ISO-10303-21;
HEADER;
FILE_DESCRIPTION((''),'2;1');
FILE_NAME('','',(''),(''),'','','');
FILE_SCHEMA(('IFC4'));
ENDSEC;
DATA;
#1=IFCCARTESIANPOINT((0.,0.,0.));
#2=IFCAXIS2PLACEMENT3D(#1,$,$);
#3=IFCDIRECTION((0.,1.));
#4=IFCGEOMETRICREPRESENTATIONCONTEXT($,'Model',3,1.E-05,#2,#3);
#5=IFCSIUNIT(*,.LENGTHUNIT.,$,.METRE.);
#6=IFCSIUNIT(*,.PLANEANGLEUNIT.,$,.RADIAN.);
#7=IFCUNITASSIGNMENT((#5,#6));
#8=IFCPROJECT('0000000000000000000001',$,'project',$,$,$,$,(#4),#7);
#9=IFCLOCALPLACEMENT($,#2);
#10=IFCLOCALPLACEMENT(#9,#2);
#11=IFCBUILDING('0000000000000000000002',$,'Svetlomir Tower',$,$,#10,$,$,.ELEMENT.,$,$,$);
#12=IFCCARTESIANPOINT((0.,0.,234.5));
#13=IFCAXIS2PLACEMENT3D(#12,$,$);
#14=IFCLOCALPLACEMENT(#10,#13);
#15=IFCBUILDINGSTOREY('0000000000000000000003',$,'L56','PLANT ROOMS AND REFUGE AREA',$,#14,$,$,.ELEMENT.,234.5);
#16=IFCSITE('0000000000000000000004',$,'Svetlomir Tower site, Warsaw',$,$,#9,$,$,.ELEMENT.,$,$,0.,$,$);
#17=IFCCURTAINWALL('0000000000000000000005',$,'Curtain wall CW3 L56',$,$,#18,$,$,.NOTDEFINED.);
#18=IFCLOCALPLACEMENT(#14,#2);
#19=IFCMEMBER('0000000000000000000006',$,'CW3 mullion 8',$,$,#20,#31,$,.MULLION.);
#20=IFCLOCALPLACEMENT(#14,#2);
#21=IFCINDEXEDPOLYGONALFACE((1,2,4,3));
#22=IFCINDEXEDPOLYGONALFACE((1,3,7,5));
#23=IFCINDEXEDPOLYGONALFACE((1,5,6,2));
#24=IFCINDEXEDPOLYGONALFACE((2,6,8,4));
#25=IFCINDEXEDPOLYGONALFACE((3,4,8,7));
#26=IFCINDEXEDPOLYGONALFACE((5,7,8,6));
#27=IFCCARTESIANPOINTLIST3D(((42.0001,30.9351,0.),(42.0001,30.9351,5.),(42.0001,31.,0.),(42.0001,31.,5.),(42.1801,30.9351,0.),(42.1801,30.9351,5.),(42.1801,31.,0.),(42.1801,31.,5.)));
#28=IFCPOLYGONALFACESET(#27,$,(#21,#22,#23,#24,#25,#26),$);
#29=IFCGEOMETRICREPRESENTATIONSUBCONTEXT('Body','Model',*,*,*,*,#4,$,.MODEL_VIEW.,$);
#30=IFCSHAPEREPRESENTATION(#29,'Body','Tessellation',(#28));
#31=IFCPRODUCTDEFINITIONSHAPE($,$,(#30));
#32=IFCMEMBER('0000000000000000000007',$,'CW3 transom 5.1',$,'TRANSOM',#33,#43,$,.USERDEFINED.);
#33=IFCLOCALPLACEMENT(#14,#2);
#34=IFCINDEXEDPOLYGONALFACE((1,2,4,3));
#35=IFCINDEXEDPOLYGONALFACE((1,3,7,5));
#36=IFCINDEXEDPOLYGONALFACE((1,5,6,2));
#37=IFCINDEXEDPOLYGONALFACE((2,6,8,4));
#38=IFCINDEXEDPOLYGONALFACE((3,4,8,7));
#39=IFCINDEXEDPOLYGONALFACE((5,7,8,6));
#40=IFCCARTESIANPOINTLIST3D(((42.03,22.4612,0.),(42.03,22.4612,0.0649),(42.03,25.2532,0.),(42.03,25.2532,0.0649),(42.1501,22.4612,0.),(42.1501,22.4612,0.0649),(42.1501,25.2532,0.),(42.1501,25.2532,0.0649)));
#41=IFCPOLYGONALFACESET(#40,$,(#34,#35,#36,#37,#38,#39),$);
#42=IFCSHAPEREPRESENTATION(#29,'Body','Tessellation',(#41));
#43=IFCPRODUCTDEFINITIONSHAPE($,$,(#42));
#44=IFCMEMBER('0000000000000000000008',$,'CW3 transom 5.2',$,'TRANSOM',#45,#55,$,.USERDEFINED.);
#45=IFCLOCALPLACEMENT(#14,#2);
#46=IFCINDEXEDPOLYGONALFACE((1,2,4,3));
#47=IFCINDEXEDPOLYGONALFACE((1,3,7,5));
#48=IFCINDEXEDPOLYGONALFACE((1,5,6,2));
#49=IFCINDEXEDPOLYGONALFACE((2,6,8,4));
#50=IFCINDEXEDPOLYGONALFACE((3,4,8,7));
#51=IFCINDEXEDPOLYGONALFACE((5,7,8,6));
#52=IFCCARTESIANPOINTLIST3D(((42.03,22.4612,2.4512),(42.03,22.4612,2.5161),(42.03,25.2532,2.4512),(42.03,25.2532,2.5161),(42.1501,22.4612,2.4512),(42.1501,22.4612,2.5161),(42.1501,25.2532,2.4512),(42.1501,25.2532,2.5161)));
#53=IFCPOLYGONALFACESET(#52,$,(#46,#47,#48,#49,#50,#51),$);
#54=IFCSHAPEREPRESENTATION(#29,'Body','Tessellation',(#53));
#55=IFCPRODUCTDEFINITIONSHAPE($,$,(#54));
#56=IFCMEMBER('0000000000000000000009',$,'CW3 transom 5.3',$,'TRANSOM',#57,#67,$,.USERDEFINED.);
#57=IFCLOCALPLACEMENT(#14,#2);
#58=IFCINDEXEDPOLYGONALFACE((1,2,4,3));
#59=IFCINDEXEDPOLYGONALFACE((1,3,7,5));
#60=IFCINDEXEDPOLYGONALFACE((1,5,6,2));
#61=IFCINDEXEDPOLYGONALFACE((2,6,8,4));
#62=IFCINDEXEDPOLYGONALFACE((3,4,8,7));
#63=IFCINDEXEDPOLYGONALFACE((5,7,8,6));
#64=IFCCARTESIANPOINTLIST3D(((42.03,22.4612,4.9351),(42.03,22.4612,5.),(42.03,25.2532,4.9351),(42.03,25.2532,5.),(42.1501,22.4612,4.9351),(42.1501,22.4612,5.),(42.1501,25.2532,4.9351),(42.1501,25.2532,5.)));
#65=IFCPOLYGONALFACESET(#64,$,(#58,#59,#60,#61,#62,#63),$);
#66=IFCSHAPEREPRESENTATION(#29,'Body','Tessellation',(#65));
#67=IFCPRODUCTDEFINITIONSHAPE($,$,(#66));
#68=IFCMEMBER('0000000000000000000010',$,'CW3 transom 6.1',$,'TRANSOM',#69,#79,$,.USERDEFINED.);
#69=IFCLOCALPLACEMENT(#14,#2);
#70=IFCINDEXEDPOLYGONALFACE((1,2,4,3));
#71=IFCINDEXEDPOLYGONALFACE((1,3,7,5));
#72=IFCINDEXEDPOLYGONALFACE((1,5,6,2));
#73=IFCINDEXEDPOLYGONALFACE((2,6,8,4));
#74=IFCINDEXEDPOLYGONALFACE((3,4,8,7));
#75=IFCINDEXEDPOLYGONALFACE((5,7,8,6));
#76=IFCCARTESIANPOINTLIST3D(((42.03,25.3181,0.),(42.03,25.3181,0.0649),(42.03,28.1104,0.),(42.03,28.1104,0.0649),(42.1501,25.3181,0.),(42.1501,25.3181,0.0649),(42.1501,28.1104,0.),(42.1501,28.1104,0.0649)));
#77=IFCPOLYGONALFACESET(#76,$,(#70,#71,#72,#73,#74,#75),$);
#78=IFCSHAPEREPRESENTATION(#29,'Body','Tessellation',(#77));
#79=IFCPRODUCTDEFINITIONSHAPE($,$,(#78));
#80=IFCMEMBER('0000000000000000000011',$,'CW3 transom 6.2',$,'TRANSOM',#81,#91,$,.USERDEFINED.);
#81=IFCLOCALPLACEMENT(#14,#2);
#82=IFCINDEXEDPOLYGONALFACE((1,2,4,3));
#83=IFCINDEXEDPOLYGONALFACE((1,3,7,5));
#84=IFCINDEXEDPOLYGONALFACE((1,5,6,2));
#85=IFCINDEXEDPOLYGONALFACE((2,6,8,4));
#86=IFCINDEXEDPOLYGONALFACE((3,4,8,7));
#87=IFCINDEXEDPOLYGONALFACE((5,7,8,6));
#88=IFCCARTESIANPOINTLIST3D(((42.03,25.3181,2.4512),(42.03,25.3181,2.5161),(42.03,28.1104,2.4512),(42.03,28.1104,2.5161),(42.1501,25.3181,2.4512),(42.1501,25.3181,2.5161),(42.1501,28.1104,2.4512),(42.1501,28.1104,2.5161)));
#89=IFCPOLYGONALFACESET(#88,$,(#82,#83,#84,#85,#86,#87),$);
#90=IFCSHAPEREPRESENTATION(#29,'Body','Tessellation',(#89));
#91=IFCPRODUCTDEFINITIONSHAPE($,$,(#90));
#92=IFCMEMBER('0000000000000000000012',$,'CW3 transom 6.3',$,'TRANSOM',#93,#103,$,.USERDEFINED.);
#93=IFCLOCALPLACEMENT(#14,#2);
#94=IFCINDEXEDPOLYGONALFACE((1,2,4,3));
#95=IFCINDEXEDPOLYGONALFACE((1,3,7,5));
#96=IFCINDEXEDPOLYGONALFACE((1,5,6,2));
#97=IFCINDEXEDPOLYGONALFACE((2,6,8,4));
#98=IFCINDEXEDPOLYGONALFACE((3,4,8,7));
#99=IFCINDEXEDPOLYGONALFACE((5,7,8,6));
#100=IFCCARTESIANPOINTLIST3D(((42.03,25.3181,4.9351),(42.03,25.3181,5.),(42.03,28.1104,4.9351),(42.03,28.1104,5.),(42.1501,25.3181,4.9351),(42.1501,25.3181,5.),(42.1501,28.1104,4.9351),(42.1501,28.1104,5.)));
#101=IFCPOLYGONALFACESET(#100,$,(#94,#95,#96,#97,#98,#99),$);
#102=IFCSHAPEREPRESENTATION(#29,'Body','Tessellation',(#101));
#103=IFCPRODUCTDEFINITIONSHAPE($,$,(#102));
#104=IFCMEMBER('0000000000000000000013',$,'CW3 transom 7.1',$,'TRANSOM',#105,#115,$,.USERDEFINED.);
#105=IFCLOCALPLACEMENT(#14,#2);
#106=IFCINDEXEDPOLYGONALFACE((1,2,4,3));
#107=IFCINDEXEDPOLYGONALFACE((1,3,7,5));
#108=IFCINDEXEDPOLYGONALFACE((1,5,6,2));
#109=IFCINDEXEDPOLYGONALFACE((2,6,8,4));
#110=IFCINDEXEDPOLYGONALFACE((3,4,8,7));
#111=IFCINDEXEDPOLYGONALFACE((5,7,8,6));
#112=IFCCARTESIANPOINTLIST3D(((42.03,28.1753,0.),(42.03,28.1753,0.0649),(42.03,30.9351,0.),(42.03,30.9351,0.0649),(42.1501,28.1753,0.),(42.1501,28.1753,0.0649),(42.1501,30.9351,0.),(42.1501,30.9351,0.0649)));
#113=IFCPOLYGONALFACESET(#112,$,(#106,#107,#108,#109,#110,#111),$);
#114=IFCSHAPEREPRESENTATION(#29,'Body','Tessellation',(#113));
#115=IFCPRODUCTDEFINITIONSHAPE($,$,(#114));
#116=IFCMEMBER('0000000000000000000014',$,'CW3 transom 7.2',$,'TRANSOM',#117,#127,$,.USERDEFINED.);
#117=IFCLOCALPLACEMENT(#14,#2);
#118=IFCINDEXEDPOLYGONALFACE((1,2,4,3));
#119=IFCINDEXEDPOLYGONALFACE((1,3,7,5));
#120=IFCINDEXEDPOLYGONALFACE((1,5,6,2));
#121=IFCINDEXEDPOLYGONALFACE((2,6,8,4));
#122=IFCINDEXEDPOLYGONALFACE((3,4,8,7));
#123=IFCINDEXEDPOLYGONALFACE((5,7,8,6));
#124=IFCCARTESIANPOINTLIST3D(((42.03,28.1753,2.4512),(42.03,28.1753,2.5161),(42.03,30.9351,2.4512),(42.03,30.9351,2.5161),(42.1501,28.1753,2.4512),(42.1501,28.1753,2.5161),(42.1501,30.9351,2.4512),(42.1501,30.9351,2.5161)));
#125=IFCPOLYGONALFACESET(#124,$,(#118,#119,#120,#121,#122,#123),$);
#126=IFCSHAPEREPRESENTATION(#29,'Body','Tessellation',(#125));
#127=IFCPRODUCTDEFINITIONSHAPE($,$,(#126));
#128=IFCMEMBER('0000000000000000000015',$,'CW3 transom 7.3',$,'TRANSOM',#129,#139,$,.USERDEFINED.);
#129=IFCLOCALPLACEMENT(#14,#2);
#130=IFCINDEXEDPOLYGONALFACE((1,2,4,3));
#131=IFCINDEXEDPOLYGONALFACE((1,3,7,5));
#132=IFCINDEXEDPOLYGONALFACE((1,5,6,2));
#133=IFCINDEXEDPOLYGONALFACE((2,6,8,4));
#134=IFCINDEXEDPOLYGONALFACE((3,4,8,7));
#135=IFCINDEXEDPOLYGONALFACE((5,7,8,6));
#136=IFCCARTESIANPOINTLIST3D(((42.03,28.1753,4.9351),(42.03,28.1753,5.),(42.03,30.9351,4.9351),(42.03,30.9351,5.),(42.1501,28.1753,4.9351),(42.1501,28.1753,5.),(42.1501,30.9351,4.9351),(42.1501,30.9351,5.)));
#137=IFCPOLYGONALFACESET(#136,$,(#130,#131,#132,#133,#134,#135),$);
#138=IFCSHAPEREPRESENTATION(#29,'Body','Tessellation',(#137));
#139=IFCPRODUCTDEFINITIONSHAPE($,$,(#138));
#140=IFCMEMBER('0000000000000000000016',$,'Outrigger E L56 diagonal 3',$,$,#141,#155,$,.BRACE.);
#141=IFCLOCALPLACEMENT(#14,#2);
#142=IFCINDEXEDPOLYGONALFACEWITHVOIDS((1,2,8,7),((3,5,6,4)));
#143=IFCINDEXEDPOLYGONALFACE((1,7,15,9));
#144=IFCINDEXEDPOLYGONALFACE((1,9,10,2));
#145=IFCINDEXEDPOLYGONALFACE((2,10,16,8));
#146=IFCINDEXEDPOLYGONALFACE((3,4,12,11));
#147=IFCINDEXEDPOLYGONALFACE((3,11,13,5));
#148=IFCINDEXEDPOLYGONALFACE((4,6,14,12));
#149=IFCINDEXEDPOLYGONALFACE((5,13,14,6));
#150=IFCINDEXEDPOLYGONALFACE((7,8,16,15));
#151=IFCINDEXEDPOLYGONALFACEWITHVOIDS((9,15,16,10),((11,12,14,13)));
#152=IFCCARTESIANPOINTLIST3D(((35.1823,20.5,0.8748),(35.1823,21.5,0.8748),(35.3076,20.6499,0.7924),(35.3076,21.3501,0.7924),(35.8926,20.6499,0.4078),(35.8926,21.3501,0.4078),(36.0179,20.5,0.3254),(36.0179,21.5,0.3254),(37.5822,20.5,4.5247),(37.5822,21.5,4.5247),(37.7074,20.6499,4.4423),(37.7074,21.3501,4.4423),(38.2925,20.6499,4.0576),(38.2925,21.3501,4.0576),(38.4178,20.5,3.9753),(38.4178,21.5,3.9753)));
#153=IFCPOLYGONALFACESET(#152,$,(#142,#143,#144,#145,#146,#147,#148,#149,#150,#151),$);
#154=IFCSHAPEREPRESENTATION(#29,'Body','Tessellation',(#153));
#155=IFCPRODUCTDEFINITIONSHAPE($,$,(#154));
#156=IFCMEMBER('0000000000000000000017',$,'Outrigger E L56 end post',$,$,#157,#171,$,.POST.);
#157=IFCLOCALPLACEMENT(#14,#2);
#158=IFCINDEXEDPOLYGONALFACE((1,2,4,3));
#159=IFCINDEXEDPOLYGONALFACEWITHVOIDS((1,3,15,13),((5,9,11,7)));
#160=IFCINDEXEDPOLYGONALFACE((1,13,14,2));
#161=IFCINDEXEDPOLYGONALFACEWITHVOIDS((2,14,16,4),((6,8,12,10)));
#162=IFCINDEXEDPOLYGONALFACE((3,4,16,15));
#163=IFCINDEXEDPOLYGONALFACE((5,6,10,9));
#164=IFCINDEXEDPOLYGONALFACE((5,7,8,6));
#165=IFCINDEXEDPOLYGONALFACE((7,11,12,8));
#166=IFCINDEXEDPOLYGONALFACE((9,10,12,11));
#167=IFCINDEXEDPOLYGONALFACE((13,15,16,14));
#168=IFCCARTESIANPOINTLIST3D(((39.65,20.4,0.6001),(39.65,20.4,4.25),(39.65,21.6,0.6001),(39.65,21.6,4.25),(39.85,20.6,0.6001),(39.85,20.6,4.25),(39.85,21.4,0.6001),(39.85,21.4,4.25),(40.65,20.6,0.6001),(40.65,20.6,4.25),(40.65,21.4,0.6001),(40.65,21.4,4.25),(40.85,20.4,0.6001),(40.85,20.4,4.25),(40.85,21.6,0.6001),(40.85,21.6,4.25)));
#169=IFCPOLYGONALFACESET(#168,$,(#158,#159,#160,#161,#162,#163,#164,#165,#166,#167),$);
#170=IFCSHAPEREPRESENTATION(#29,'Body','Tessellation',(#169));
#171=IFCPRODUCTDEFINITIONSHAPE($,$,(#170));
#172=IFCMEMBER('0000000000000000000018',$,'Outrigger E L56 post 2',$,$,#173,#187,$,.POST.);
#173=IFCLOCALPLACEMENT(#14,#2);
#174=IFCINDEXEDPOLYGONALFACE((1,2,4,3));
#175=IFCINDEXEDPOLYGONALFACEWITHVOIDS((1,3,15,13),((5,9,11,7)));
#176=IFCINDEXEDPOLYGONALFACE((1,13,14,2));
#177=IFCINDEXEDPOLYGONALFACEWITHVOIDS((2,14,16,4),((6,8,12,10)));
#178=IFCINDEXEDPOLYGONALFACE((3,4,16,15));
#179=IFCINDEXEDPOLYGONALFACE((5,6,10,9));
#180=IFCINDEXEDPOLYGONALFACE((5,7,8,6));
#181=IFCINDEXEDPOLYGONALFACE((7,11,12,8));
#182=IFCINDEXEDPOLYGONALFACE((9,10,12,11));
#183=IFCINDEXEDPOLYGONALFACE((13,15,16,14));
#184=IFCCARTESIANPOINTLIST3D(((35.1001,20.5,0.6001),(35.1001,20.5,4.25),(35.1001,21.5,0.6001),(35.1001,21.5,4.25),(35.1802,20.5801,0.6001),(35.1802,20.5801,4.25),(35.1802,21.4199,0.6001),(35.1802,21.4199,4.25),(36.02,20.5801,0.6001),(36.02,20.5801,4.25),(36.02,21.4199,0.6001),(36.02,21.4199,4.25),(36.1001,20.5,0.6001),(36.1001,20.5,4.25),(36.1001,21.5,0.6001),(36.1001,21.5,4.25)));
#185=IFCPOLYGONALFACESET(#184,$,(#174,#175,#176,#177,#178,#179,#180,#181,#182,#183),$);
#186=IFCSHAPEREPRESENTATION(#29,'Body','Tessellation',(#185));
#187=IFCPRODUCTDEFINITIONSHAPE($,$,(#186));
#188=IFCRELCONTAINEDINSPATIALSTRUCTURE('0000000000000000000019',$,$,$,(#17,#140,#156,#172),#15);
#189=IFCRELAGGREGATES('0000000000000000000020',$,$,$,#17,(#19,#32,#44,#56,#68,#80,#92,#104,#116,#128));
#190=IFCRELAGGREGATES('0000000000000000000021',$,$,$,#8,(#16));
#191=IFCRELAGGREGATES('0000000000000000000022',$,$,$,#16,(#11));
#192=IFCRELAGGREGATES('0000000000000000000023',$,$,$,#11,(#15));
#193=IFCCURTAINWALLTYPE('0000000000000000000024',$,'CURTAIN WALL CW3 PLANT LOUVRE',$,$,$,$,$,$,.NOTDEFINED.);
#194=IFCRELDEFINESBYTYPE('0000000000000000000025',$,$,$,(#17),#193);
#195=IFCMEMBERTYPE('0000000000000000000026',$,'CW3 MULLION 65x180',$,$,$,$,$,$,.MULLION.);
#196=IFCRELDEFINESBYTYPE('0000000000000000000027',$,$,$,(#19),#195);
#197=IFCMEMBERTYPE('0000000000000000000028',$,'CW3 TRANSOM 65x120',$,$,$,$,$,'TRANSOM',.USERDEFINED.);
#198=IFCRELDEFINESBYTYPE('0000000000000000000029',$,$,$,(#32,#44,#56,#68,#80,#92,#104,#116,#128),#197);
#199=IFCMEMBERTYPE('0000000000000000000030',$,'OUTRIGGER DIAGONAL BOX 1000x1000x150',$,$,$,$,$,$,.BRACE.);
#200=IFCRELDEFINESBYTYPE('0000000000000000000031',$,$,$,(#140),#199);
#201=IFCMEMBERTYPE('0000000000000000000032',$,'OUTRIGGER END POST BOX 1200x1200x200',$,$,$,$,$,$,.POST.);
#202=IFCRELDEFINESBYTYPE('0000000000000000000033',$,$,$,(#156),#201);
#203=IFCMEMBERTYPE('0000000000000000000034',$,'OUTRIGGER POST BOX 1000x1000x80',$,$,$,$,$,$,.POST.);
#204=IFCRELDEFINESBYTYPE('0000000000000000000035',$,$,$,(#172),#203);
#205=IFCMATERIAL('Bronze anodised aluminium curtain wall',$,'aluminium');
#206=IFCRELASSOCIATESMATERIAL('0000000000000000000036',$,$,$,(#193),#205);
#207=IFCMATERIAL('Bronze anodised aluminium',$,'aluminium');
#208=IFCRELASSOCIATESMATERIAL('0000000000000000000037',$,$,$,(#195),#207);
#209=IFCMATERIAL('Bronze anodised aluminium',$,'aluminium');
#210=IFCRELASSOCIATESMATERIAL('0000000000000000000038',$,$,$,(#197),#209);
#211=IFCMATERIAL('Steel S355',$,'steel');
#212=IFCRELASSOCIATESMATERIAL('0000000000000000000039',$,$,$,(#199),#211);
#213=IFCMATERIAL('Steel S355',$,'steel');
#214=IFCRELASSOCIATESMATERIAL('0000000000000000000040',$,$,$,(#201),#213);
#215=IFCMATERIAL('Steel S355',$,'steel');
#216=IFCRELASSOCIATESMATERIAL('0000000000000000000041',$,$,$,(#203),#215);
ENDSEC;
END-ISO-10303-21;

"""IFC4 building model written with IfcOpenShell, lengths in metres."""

from ifc_helpers import new_model, si_unit, direction, frame, origin, origin_2d, place, context, subcontext, project, spatial, rectangle, hollow_rectangle, extrude, material, material_profile, profile_set, type_object, element, aggregate, save


model = new_model("IFC4")

# Units and contexts
model_context = context("Model", 3, precision=1e-05, world=origin(), true_north=direction((0.0, 1.0)))
body_context = subcontext(model_context, "Body", "Model", "MODEL_VIEW")
ifc_project = project(units=[si_unit("LENGTHUNIT", "METRE"), si_unit("PLANEANGLEUNIT", "RADIAN")], contexts=[model_context])

# Site, building, storey
site_placement = place(None, origin())
site = spatial("IfcSite", under=ifc_project, at=site_placement, Name="Svetlomir Tower site, Warsaw", CompositionType="ELEMENT", RefElevation=0.0)
building_placement = place(site_placement, origin())
building = spatial("IfcBuilding", under=site, at=building_placement, Name="Svetlomir Tower", CompositionType="ELEMENT")
storey_placement = place(building_placement, frame((0.0, 0.0, 234.5)))
storey = spatial("IfcBuildingStorey", under=building, at=storey_placement, Name="L56", Description="PLANT ROOMS AND REFUGE AREA", CompositionType="ELEMENT", Elevation=234.5)

# Curtain wall, members
ifc_material_1 = material(Name="Bronze anodised aluminium curtain wall", Category="aluminium")
curtain_wall_type = type_object("IfcCurtainWallType", Name="CURTAIN WALL CW3 PLANT LOUVRE", PredefinedType="NOTDEFINED", material=ifc_material_1)
curtain_wall_1_placement = place(storey_placement, origin())
curtain_wall_1 = element("IfcCurtainWall", 1, at=curtain_wall_1_placement, inside=storey, type_object=curtain_wall_type, Name="Curtain wall CW3 L56", PredefinedType="NOTDEFINED")
ifc_material_2 = material(Name="Bronze anodised aluminium", Category="aluminium")
ifc_material_profile_1 = material_profile(ifc_material_2, rectangle(XDim=0.0649, YDim=0.1799, at=origin_2d()), Name="AL 65x180")
ifc_profile_set_1 = profile_set([ifc_material_profile_1], Name="Bronze anodised aluminium 6063-T6")
member_type_1 = type_object("IfcMemberType", Name="CW3 MULLION 65x180", PredefinedType="MULLION", material=ifc_profile_set_1)
member_1_placement = place(storey_placement, frame((42.0901, 30.9675, 0.0), z_axis=(0.0, 0.0, 1.0), x_axis=(0.0, 1.0, 0.0)))
member_1 = element("IfcMember", 2, at=member_1_placement, type_object=member_type_1, Name="CW3 mullion 8", PredefinedType="MULLION", context=body_context, shape_type="SweptSolid", body=[
    extrude(rectangle(XDim=0.0649, YDim=0.1799, at=origin_2d()), origin(), (0.0, 0.0, 1.0), 5.0),
])
ifc_material_3 = material(Name="Bronze anodised aluminium", Category="aluminium")
ifc_material_profile_2 = material_profile(ifc_material_3, rectangle(XDim=0.1201, YDim=0.0649, at=origin_2d()), Name="AL 120x65")
ifc_profile_set_2 = profile_set([ifc_material_profile_2], Name="Bronze anodised aluminium 6063-T6")
member_type_2 = type_object("IfcMemberType", Name="CW3 TRANSOM 65x120", ElementType="TRANSOM", PredefinedType="USERDEFINED", material=ifc_profile_set_2)
member_2_placement = place(storey_placement, frame((42.0901, 22.4612, 0.0325), z_axis=(0.0, 1.0, 0.0), x_axis=(-1.0, 0.0, 0.0)))
member_2 = element("IfcMember", 3, at=member_2_placement, type_object=member_type_2, Name="CW3 transom 5.1", ObjectType="TRANSOM", PredefinedType="USERDEFINED", context=body_context, shape_type="SweptSolid", body=[
    extrude(rectangle(XDim=0.1201, YDim=0.0649, at=origin_2d()), origin(), (0.0, 0.0, 1.0), 2.792),
])
member_3_placement = place(storey_placement, frame((42.0901, 22.4612, 2.4836), z_axis=(0.0, 1.0, 0.0), x_axis=(-1.0, 0.0, 0.0)))
member_3 = element("IfcMember", 4, at=member_3_placement, type_object=member_type_2, Name="CW3 transom 5.2", ObjectType="TRANSOM", PredefinedType="USERDEFINED", context=body_context, shape_type="SweptSolid", body=[
    extrude(rectangle(XDim=0.1201, YDim=0.0649, at=origin_2d()), origin(), (0.0, 0.0, 1.0), 2.792),
])
member_4_placement = place(storey_placement, frame((42.0901, 22.4612, 4.9675), z_axis=(0.0, 1.0, 0.0), x_axis=(-1.0, 0.0, 0.0)))
member_4 = element("IfcMember", 5, at=member_4_placement, type_object=member_type_2, Name="CW3 transom 5.3", ObjectType="TRANSOM", PredefinedType="USERDEFINED", context=body_context, shape_type="SweptSolid", body=[
    extrude(rectangle(XDim=0.1201, YDim=0.0649, at=origin_2d()), origin(), (0.0, 0.0, 1.0), 2.792),
])
member_5_placement = place(storey_placement, frame((42.0901, 25.3181, 0.0325), z_axis=(0.0, 1.0, 0.0), x_axis=(-1.0, 0.0, 0.0)))
member_5 = element("IfcMember", 6, at=member_5_placement, type_object=member_type_2, Name="CW3 transom 6.1", ObjectType="TRANSOM", PredefinedType="USERDEFINED", context=body_context, shape_type="SweptSolid", body=[
    extrude(rectangle(XDim=0.1201, YDim=0.0649, at=origin_2d()), origin(), (0.0, 0.0, 1.0), 2.7922),
])
member_6_placement = place(storey_placement, frame((42.0901, 25.3181, 2.4836), z_axis=(0.0, 1.0, 0.0), x_axis=(-1.0, 0.0, 0.0)))
member_6 = element("IfcMember", 7, at=member_6_placement, type_object=member_type_2, Name="CW3 transom 6.2", ObjectType="TRANSOM", PredefinedType="USERDEFINED", context=body_context, shape_type="SweptSolid", body=[
    extrude(rectangle(XDim=0.1201, YDim=0.0649, at=origin_2d()), origin(), (0.0, 0.0, 1.0), 2.7922),
])
member_7_placement = place(storey_placement, frame((42.0901, 25.3181, 4.9675), z_axis=(0.0, 1.0, 0.0), x_axis=(-1.0, 0.0, 0.0)))
member_7 = element("IfcMember", 8, at=member_7_placement, type_object=member_type_2, Name="CW3 transom 6.3", ObjectType="TRANSOM", PredefinedType="USERDEFINED", context=body_context, shape_type="SweptSolid", body=[
    extrude(rectangle(XDim=0.1201, YDim=0.0649, at=origin_2d()), origin(), (0.0, 0.0, 1.0), 2.7922),
])
member_8_placement = place(storey_placement, frame((42.0901, 28.1753, 0.0325), z_axis=(0.0, 1.0, 0.0), x_axis=(-1.0, 0.0, 0.0)))
member_8 = element("IfcMember", 9, at=member_8_placement, type_object=member_type_2, Name="CW3 transom 7.1", ObjectType="TRANSOM", PredefinedType="USERDEFINED", context=body_context, shape_type="SweptSolid", body=[
    extrude(rectangle(XDim=0.1201, YDim=0.0649, at=origin_2d()), origin(), (0.0, 0.0, 1.0), 2.7598),
])
member_9_placement = place(storey_placement, frame((42.0901, 28.1753, 2.4836), z_axis=(0.0, 1.0, 0.0), x_axis=(-1.0, 0.0, 0.0)))
member_9 = element("IfcMember", 10, at=member_9_placement, type_object=member_type_2, Name="CW3 transom 7.2", ObjectType="TRANSOM", PredefinedType="USERDEFINED", context=body_context, shape_type="SweptSolid", body=[
    extrude(rectangle(XDim=0.1201, YDim=0.0649, at=origin_2d()), origin(), (0.0, 0.0, 1.0), 2.7598),
])
member_10_placement = place(storey_placement, frame((42.0901, 28.1753, 4.9675), z_axis=(0.0, 1.0, 0.0), x_axis=(-1.0, 0.0, 0.0)))
member_10 = element("IfcMember", 11, at=member_10_placement, type_object=member_type_2, Name="CW3 transom 7.3", ObjectType="TRANSOM", PredefinedType="USERDEFINED", context=body_context, shape_type="SweptSolid", body=[
    extrude(rectangle(XDim=0.1201, YDim=0.0649, at=origin_2d()), origin(), (0.0, 0.0, 1.0), 2.7598),
])

# Members
ifc_material_4 = material(Name="Steel S355", Category="steel")
ifc_material_profile_3 = material_profile(ifc_material_4, hollow_rectangle(XDim=1.0, YDim=1.0, WallThickness=0.1499, at=origin_2d()), Name="BOX 1000x1000x150")
ifc_profile_set_3 = profile_set([ifc_material_profile_3], Name="Steel S355")
member_type_3 = type_object("IfcMemberType", Name="OUTRIGGER DIAGONAL BOX 1000x1000x150", PredefinedType="BRACE", material=ifc_profile_set_3)
member_11_placement = place(storey_placement, frame((35.6001, 21.0, 0.6001), z_axis=(0.549401, 0.0, 0.835559), x_axis=(0.0, 1.0, 0.0)))
element("IfcMember", 12, at=member_11_placement, inside=storey, type_object=member_type_3, Name="Outrigger E L56 diagonal 3", PredefinedType="BRACE", context=body_context, shape_type="SweptSolid", body=[
    extrude(hollow_rectangle(XDim=1.0, YDim=1.0, WallThickness=0.1499, at=origin_2d()), origin(), (0.0, 0.0, 1.0), 4.3682),
])
ifc_material_5 = material(Name="Steel S355", Category="steel")
ifc_material_profile_4 = material_profile(ifc_material_5, hollow_rectangle(XDim=1.2, YDim=1.2, WallThickness=0.2, at=origin_2d()), Name="BOX 1200x1200x200")
ifc_profile_set_4 = profile_set([ifc_material_profile_4], Name="Steel S355")
member_type_4 = type_object("IfcMemberType", Name="OUTRIGGER END POST BOX 1200x1200x200", PredefinedType="POST", material=ifc_profile_set_4)
member_12_placement = place(storey_placement, frame((40.25, 21.0, 0.6001), z_axis=(0.0, 0.0, 1.0), x_axis=(1.0, 0.0, 0.0)))
element("IfcMember", 13, at=member_12_placement, inside=storey, type_object=member_type_4, Name="Outrigger E L56 end post", PredefinedType="POST", context=body_context, shape_type="SweptSolid", body=[
    extrude(hollow_rectangle(XDim=1.2, YDim=1.2, WallThickness=0.2, at=origin_2d()), origin(), (0.0, 0.0, 1.0), 3.6499),
])
ifc_material_6 = material(Name="Steel S355", Category="steel")
ifc_material_profile_5 = material_profile(ifc_material_6, hollow_rectangle(XDim=1.0, YDim=1.0, WallThickness=0.0801, at=origin_2d()), Name="BOX 1000x1000x80")
ifc_profile_set_5 = profile_set([ifc_material_profile_5], Name="Steel S355")
member_type_5 = type_object("IfcMemberType", Name="OUTRIGGER POST BOX 1000x1000x80", PredefinedType="POST", material=ifc_profile_set_5)
member_13_placement = place(storey_placement, frame((35.6001, 21.0, 0.6001), z_axis=(0.0, 0.0, 1.0), x_axis=(1.0, 0.0, 0.0)))
element("IfcMember", 14, at=member_13_placement, inside=storey, type_object=member_type_5, Name="Outrigger E L56 post 2", PredefinedType="POST", context=body_context, shape_type="SweptSolid", body=[
    extrude(hollow_rectangle(XDim=1.0, YDim=1.0, WallThickness=0.0801, at=origin_2d()), origin(), (0.0, 0.0, 1.0), 3.6499),
])

aggregate(curtain_wall_1, [member_1, member_2, member_3, member_4, member_5, member_6, member_7, member_8, member_9, member_10])

save(model, "model.ifc")
